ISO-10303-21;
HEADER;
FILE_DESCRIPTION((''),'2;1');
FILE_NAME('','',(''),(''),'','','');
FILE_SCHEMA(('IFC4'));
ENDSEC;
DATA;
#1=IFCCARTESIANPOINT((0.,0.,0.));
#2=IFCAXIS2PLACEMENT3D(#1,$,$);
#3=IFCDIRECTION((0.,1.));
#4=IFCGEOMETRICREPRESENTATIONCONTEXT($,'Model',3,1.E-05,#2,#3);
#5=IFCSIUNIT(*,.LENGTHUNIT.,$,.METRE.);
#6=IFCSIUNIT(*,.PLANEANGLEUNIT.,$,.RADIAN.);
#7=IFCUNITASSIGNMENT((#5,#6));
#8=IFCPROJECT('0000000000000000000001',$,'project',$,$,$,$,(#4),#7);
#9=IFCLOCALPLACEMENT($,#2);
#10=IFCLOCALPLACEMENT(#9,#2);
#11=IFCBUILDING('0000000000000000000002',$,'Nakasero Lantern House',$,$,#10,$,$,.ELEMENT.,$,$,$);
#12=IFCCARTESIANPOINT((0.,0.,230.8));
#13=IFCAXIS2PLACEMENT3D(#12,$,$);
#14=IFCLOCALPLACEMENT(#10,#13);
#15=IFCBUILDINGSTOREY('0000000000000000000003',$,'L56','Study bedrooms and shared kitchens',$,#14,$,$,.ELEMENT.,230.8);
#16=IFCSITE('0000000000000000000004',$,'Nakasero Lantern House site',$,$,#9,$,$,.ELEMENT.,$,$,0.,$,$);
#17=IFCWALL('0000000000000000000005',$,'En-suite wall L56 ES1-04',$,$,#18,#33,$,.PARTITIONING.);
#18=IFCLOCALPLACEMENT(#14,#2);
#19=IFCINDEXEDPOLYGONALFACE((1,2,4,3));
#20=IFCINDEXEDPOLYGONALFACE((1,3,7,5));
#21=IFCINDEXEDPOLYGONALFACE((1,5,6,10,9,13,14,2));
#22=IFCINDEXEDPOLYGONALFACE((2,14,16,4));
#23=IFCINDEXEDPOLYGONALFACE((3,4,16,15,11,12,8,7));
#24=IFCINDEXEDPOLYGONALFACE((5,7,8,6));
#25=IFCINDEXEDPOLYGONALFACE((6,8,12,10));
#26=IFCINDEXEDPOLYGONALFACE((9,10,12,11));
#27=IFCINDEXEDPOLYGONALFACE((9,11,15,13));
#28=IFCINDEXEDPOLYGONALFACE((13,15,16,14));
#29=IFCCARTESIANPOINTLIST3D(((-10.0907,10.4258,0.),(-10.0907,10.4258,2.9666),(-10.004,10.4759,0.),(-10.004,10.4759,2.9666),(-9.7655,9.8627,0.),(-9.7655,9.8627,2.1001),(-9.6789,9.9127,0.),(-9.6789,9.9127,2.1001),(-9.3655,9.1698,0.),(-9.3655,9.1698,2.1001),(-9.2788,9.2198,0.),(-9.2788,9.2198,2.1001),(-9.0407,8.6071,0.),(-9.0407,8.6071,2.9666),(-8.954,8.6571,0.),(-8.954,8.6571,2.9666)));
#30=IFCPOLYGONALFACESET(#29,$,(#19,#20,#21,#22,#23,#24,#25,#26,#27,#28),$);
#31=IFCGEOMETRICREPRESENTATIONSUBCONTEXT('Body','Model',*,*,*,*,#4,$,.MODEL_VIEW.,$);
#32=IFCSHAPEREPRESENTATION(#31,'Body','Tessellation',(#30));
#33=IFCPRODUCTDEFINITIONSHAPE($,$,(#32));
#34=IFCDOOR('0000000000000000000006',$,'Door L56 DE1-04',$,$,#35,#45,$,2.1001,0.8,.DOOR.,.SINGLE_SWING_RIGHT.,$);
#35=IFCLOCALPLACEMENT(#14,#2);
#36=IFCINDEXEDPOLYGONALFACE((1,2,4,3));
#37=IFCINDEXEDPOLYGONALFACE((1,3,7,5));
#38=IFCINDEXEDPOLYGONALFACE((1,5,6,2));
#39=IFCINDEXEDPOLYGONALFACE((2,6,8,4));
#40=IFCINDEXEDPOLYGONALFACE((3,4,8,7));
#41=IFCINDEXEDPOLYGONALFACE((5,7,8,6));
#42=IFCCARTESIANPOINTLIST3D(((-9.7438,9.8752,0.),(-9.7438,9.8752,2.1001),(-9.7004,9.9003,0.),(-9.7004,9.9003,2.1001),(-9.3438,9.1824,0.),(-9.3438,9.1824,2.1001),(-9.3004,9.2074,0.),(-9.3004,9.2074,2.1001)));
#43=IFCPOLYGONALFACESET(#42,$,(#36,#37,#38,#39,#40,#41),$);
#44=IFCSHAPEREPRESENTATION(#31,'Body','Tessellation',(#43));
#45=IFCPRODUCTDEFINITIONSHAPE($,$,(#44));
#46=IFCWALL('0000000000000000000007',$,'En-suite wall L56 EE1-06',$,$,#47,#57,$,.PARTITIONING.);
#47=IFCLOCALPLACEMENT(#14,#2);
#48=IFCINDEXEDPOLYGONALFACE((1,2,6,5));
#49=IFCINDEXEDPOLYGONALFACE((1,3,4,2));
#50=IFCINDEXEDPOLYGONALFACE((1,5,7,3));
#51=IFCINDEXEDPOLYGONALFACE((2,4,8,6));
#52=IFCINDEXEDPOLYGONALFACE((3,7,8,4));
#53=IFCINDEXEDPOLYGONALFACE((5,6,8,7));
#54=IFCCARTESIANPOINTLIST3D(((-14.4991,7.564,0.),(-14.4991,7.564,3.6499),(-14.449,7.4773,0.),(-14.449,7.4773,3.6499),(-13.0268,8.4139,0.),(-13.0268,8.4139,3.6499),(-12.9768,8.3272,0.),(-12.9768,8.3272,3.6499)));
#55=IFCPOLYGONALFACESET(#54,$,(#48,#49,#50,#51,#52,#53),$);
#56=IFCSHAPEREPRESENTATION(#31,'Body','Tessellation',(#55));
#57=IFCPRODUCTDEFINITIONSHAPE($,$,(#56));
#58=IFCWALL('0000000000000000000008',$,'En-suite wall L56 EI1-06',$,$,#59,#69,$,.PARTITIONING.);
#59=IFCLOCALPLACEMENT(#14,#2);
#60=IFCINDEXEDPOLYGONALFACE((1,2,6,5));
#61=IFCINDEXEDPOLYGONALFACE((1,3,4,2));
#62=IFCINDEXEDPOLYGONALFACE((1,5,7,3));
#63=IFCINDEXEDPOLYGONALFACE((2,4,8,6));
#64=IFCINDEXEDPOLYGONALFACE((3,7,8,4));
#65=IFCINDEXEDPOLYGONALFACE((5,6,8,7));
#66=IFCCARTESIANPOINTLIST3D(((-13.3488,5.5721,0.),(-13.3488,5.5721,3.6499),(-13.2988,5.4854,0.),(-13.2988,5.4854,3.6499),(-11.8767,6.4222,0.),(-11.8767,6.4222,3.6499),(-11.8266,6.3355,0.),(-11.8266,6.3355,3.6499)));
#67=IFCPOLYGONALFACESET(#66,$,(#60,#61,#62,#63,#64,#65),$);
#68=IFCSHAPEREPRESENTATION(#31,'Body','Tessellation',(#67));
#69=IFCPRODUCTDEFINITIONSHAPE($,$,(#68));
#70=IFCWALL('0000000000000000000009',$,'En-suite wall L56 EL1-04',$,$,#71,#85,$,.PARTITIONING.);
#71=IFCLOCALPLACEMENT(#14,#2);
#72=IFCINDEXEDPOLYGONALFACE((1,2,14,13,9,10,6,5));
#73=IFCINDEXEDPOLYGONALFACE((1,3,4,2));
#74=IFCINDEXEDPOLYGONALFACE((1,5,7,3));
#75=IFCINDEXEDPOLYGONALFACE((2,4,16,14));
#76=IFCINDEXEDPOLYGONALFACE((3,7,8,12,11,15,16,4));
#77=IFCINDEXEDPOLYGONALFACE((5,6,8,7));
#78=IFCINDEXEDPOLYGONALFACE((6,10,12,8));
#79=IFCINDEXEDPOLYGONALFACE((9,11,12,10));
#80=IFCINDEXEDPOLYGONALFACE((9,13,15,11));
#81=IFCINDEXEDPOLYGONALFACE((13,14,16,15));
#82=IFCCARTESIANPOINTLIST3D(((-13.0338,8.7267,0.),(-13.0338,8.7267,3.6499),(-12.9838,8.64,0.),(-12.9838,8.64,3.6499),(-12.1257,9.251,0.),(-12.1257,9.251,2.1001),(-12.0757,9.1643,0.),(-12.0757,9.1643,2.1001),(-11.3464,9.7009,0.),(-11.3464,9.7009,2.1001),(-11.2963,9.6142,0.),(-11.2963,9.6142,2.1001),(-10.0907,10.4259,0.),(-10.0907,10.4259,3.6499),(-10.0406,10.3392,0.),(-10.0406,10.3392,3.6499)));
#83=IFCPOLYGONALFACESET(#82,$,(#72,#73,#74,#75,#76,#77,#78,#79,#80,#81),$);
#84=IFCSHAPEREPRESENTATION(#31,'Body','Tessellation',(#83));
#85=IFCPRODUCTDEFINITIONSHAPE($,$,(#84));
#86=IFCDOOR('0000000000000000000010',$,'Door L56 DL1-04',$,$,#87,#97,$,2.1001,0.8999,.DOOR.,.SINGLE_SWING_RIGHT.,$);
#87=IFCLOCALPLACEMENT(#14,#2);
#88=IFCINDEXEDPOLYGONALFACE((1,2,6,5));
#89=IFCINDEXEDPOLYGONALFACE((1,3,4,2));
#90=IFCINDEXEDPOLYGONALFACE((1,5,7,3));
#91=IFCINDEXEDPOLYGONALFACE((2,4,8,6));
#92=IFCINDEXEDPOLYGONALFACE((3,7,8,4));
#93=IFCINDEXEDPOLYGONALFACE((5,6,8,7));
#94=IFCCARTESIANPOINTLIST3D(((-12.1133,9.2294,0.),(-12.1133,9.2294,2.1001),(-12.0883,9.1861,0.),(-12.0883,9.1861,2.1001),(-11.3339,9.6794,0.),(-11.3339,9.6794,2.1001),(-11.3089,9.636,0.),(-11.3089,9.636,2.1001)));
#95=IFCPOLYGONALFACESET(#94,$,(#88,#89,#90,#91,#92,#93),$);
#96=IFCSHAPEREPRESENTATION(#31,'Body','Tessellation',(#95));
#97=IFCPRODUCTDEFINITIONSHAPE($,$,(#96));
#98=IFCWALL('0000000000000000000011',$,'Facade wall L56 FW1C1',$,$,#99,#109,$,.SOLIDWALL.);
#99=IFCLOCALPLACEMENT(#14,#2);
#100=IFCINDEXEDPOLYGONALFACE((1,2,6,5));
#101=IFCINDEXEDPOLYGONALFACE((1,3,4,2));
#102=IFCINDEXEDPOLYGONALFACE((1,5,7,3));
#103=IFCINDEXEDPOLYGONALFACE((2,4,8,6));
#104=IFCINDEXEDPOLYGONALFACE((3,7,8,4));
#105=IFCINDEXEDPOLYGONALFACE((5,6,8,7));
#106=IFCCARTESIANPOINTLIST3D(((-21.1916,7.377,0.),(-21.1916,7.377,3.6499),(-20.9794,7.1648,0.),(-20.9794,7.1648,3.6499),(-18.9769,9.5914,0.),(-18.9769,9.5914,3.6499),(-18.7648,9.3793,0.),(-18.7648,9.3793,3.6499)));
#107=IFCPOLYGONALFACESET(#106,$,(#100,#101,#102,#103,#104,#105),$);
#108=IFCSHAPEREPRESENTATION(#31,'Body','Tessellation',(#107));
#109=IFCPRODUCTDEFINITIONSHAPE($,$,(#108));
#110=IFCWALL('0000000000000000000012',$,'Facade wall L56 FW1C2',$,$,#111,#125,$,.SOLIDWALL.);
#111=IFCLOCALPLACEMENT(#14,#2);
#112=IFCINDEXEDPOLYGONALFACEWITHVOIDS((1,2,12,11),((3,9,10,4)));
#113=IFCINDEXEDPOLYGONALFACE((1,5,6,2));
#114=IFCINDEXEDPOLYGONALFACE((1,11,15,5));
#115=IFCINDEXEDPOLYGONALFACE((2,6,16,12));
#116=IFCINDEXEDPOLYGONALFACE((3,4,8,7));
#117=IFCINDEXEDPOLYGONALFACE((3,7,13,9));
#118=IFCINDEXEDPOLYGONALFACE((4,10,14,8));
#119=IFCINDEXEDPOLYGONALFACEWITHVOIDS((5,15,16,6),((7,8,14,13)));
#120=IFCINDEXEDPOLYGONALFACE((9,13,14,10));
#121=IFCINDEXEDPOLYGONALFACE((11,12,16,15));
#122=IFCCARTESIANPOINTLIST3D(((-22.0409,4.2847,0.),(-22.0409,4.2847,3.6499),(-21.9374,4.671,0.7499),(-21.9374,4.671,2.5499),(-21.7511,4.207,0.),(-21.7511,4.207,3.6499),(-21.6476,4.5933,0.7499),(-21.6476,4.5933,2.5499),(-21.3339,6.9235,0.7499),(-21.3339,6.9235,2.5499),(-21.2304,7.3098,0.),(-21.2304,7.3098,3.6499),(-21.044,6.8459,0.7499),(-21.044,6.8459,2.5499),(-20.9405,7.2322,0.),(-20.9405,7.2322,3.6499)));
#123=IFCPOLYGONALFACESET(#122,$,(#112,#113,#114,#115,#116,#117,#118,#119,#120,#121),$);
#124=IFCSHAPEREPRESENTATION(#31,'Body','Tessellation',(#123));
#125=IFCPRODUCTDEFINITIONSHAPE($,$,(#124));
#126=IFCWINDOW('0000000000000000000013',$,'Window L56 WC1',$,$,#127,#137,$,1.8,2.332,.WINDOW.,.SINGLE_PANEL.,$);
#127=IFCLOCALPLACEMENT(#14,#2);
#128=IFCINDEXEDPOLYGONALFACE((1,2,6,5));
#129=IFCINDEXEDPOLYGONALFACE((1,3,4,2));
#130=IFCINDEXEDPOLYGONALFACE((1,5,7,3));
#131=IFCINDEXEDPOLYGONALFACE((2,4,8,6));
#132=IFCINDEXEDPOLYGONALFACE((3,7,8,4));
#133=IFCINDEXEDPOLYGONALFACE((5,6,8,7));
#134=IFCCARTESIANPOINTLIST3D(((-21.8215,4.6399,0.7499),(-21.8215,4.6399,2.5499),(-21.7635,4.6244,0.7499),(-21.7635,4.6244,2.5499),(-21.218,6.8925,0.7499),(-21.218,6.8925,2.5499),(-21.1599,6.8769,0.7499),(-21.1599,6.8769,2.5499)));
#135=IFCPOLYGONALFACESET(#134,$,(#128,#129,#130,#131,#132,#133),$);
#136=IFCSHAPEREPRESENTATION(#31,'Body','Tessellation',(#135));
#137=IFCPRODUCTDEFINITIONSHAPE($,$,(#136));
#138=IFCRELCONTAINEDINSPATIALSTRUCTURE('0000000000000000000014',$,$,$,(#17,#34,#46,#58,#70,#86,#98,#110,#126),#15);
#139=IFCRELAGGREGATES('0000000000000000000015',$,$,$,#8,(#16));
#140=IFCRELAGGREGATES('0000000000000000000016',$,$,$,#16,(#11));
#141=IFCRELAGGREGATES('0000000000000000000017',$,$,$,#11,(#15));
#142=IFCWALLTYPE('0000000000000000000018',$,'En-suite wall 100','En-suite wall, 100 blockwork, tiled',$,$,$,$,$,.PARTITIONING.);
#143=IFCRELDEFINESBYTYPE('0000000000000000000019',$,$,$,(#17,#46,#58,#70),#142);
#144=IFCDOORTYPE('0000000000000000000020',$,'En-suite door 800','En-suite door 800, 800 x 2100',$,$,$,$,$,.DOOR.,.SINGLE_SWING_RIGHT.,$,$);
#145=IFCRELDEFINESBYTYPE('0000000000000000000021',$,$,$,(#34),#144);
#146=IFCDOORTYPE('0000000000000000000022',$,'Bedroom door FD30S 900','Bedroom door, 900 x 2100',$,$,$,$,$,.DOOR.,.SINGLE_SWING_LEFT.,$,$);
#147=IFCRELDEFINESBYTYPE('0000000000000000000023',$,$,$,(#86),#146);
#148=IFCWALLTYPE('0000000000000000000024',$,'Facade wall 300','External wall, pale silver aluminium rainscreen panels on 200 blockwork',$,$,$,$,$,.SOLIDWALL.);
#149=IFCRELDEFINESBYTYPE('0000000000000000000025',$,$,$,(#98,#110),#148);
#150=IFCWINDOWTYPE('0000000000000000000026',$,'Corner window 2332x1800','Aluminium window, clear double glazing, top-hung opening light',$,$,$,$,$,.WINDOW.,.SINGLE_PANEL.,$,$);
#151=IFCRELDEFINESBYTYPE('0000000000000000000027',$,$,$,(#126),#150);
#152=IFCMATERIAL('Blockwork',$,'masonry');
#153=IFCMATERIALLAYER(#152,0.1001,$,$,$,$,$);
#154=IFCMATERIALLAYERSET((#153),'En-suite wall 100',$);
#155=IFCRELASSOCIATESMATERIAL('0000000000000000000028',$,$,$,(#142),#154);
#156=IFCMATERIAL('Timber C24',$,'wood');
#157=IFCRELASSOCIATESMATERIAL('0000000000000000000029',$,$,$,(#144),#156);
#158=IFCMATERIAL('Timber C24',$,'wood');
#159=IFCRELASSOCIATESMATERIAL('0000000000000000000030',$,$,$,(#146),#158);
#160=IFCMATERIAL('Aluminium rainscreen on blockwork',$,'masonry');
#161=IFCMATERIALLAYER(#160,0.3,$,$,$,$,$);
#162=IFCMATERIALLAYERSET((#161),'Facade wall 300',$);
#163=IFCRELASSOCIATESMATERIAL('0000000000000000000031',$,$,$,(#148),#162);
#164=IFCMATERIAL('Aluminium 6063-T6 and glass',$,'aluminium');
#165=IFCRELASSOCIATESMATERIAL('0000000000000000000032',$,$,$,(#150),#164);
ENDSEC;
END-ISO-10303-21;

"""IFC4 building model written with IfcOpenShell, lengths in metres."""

from ifc_helpers import new_model, si_unit, direction, frame, frame_2d, origin, place, context, subcontext, project, spatial, rectangle, extrude, material, layer, layer_set, type_object, element, fill, save


model = new_model("IFC4")

# Units and contexts
model_context = context("Model", 3, precision=1e-05, world=origin(), true_north=direction((0.0, 1.0)))
body_context = subcontext(model_context, "Body", "Model", "MODEL_VIEW")
ifc_project = project(units=[si_unit("LENGTHUNIT", "METRE"), si_unit("PLANEANGLEUNIT", "RADIAN")], contexts=[model_context])

# Site, building, storey
site_placement = place(None, origin())
site = spatial("IfcSite", under=ifc_project, at=site_placement, Name="Nakasero Lantern House site", CompositionType="ELEMENT", RefElevation=0.0)
building_placement = place(site_placement, origin())
building = spatial("IfcBuilding", under=site, at=building_placement, Name="Nakasero Lantern House", CompositionType="ELEMENT")
storey_placement = place(building_placement, frame((0.0, 0.0, 230.8)))
storey = spatial("IfcBuildingStorey", under=building, at=storey_placement, Name="L56", Description="Study bedrooms and shared kitchens", CompositionType="ELEMENT", Elevation=230.8)

# Wall, opening, door
ifc_material_1 = material(Name="Blockwork", Category="masonry")
ifc_layer_1 = layer(ifc_material_1, 0.1001)
ifc_layer_set_1 = layer_set([ifc_layer_1], Name="En-suite wall 100")
wall_type_1 = type_object("IfcWallType", Name="En-suite wall 100", Description="En-suite wall, 100 blockwork, tiled", PredefinedType="PARTITIONING", material=ifc_layer_set_1)
wall_1_placement = place(storey_placement, frame((-8.9973, 8.6321, 0.0), z_axis=(0.0, 0.0, 1.0), x_axis=(-0.499977, 0.866038, 0.0)))
wall_1 = element("IfcWall", 1, at=wall_1_placement, inside=storey, type_object=wall_type_1, Name="En-suite wall L56 ES1-04", PredefinedType="PARTITIONING", context=body_context, shape_type="SweptSolid", body=[
    extrude(rectangle(XDim=2.1001, YDim=0.1001, at=frame_2d((1.05, 0.0))), origin(), (0.0, 0.0, 1.0), 2.9666),
])
opening_1_placement = place(wall_1_placement, frame((0.6499, 0.0, 0.0)))
opening_1 = element("IfcOpeningElement", 2, at=opening_1_placement, cuts=wall_1, PredefinedType="OPENING", context=body_context, shape_type="SweptSolid", body=[
    extrude(rectangle(XDim=0.8, YDim=2.1001, at=frame_2d((0.3999, 1.05))), frame((0.0, 0.0701, 0.0), z_axis=(0.0, -1.0, 0.0), x_axis=(1.0, 0.0, 0.0)), (0.0, 0.0, 1.0), 0.1401),
])
ifc_material_2 = material(Name="Timber C24", Category="wood")
door_type_1 = type_object("IfcDoorType", Name="En-suite door 800", Description="En-suite door 800, 800 x 2100", OperationType="SINGLE_SWING_RIGHT", PredefinedType="DOOR", material=ifc_material_2)
door_1_placement = place(opening_1_placement, origin())
door_1 = element("IfcDoor", 3, at=door_1_placement, inside=storey, type_object=door_type_1, Name="Door L56 DE1-04", OperationType="SINGLE_SWING_RIGHT", OverallHeight=2.1001, OverallWidth=0.8, PredefinedType="DOOR", context=body_context, shape_type="SweptSolid", body=[
    extrude(rectangle(XDim=0.8, YDim=2.1001, at=frame_2d((0.3999, 1.05))), frame((0.0, 0.0249, 0.0), z_axis=(0.0, -1.0, 0.0), x_axis=(1.0, 0.0, 0.0)), (0.0, 0.0, 1.0), 0.05),
])
fill(opening_1, door_1)

# Walls
for number, where, z_axis, x_axis, name in (
    (4, (-13.0017, 8.3706, 0.0), (0.0, 0.0, 1.0), (-0.866052, -0.499955, 0.0), "En-suite wall L56 EE1-06"),
    (5, (-11.8516, 6.3789, 0.0), (0.0, 0.0, 1.0), (-0.865989, -0.500062, 0.0), "En-suite wall L56 EI1-06"),
):
    element("IfcWall", number, at=place(storey_placement, frame(where, z_axis=z_axis, x_axis=x_axis)), inside=storey, type_object=wall_type_1, Name=name, PredefinedType="PARTITIONING", context=body_context, shape_type="SweptSolid", body=[
        extrude(rectangle(XDim=1.7, YDim=0.1001, at=frame_2d((0.8501, 0.0))), origin(), (0.0, 0.0, 1.0), 3.6499),
    ])

# Wall, opening, door
wall_2_placement = place(storey_placement, frame((-10.0657, 10.3826, 0.0), z_axis=(0.0, 0.0, 1.0), x_axis=(-0.866024, -0.500002, 0.0)))
wall_2 = element("IfcWall", 6, at=wall_2_placement, inside=storey, type_object=wall_type_1, Name="En-suite wall L56 EL1-04", PredefinedType="PARTITIONING", context=body_context, shape_type="SweptSolid", body=[
    extrude(rectangle(XDim=3.3984, YDim=0.1001, at=frame_2d((1.6992, 0.0))), origin(), (0.0, 0.0, 1.0), 3.6499),
])
opening_2_placement = place(wall_2_placement, frame((1.45, 0.0, 0.0)))
opening_2 = element("IfcOpeningElement", 7, at=opening_2_placement, cuts=wall_2, PredefinedType="OPENING", context=body_context, shape_type="SweptSolid", body=[
    extrude(rectangle(XDim=0.8999, YDim=2.1001, at=frame_2d((0.45, 1.05))), frame((0.0, 0.0701, 0.0), z_axis=(0.0, -1.0, 0.0), x_axis=(1.0, 0.0, 0.0)), (0.0, 0.0, 1.0), 0.1401),
])
ifc_material_3 = material(Name="Timber C24", Category="wood")
door_type_2 = type_object("IfcDoorType", Name="Bedroom door FD30S 900", Description="Bedroom door, 900 x 2100", OperationType="SINGLE_SWING_LEFT", PredefinedType="DOOR", material=ifc_material_3)
door_2_placement = place(opening_2_placement, origin())
door_2 = element("IfcDoor", 8, at=door_2_placement, inside=storey, type_object=door_type_2, Name="Door L56 DL1-04", OperationType="SINGLE_SWING_RIGHT", OverallHeight=2.1001, OverallWidth=0.8999, PredefinedType="DOOR", context=body_context, shape_type="SweptSolid", body=[
    extrude(rectangle(XDim=0.8999, YDim=2.1001, at=frame_2d((0.45, 1.05))), frame((0.0, 0.0249, 0.0), z_axis=(0.0, -1.0, 0.0), x_axis=(1.0, 0.0, 0.0)), (0.0, 0.0, 1.0), 0.05),
])
fill(opening_2, door_2)

# Wall
ifc_material_4 = material(Name="Aluminium rainscreen on blockwork", Category="masonry")
ifc_layer_2 = layer(ifc_material_4, 0.3)
ifc_layer_set_2 = layer_set([ifc_layer_2], Name="Facade wall 300")
wall_type_2 = type_object("IfcWallType", Name="Facade wall 300", Description="External wall, pale silver aluminium rainscreen panels on 200 blockwork", PredefinedType="SOLIDWALL", material=ifc_layer_set_2)
wall_3_placement = place(storey_placement, frame((-18.8708, 9.4854, 0.0), z_axis=(0.0, 0.0, 1.0), x_axis=(-0.707146, -0.707068, 0.0)))
element("IfcWall", 9, at=wall_3_placement, inside=storey, type_object=wall_type_2, Name="Facade wall L56 FW1C1", PredefinedType="SOLIDWALL", context=body_context, shape_type="SweptSolid", body=[
    extrude(rectangle(XDim=3.1318, YDim=0.3, at=frame_2d((1.5659, 0.0))), origin(), (0.0, 0.0, 1.0), 3.6499),
])

# Wall, opening, window
wall_4_placement = place(storey_placement, frame((-21.0854, 7.271, 0.0), z_axis=(0.0, 0.0, 1.0), x_axis=(-0.258808, -0.965929, 0.0)))
wall_4 = element("IfcWall", 10, at=wall_4_placement, inside=storey, type_object=wall_type_2, Name="Facade wall L56 FW1C2", PredefinedType="SOLIDWALL", context=body_context, shape_type="SweptSolid", body=[
    extrude(rectangle(XDim=3.1318, YDim=0.3, at=frame_2d((1.5659, 0.0))), origin(), (0.0, 0.0, 1.0), 3.6499),
])
opening_3_placement = place(wall_4_placement, frame((0.3999, 0.0, 0.75)))
opening_3 = element("IfcOpeningElement", 11, at=opening_3_placement, cuts=wall_4, PredefinedType="OPENING", context=body_context, shape_type="SweptSolid", body=[
    extrude(rectangle(XDim=2.332, YDim=1.8, at=frame_2d((1.166, 0.8999))), frame((0.0, 0.1699, 0.0), z_axis=(0.0, -1.0, 0.0), x_axis=(1.0, 0.0, 0.0)), (0.0, 0.0, 1.0), 0.3401),
])
ifc_material_5 = material(Name="Aluminium 6063-T6 and glass", Category="aluminium")
window_type = type_object("IfcWindowType", Name="Corner window 2332x1800", Description="Aluminium window, clear double glazing, top-hung opening light", PartitioningType="SINGLE_PANEL", PredefinedType="WINDOW", material=ifc_material_5)
window_placement = place(opening_3_placement, origin())
window = element("IfcWindow", 12, at=window_placement, inside=storey, type_object=window_type, Name="Window L56 WC1", OverallHeight=1.8, OverallWidth=2.332, PartitioningType="SINGLE_PANEL", PredefinedType="WINDOW", context=body_context, shape_type="SweptSolid", body=[
    extrude(rectangle(XDim=2.332, YDim=1.8, at=frame_2d((1.166, 0.8999))), frame((0.0, 0.03, 0.0), z_axis=(0.0, -1.0, 0.0), x_axis=(1.0, 0.0, 0.0)), (0.0, 0.0, 1.0), 0.0601),
])
fill(opening_3, window)

save(model, "model.ifc")
